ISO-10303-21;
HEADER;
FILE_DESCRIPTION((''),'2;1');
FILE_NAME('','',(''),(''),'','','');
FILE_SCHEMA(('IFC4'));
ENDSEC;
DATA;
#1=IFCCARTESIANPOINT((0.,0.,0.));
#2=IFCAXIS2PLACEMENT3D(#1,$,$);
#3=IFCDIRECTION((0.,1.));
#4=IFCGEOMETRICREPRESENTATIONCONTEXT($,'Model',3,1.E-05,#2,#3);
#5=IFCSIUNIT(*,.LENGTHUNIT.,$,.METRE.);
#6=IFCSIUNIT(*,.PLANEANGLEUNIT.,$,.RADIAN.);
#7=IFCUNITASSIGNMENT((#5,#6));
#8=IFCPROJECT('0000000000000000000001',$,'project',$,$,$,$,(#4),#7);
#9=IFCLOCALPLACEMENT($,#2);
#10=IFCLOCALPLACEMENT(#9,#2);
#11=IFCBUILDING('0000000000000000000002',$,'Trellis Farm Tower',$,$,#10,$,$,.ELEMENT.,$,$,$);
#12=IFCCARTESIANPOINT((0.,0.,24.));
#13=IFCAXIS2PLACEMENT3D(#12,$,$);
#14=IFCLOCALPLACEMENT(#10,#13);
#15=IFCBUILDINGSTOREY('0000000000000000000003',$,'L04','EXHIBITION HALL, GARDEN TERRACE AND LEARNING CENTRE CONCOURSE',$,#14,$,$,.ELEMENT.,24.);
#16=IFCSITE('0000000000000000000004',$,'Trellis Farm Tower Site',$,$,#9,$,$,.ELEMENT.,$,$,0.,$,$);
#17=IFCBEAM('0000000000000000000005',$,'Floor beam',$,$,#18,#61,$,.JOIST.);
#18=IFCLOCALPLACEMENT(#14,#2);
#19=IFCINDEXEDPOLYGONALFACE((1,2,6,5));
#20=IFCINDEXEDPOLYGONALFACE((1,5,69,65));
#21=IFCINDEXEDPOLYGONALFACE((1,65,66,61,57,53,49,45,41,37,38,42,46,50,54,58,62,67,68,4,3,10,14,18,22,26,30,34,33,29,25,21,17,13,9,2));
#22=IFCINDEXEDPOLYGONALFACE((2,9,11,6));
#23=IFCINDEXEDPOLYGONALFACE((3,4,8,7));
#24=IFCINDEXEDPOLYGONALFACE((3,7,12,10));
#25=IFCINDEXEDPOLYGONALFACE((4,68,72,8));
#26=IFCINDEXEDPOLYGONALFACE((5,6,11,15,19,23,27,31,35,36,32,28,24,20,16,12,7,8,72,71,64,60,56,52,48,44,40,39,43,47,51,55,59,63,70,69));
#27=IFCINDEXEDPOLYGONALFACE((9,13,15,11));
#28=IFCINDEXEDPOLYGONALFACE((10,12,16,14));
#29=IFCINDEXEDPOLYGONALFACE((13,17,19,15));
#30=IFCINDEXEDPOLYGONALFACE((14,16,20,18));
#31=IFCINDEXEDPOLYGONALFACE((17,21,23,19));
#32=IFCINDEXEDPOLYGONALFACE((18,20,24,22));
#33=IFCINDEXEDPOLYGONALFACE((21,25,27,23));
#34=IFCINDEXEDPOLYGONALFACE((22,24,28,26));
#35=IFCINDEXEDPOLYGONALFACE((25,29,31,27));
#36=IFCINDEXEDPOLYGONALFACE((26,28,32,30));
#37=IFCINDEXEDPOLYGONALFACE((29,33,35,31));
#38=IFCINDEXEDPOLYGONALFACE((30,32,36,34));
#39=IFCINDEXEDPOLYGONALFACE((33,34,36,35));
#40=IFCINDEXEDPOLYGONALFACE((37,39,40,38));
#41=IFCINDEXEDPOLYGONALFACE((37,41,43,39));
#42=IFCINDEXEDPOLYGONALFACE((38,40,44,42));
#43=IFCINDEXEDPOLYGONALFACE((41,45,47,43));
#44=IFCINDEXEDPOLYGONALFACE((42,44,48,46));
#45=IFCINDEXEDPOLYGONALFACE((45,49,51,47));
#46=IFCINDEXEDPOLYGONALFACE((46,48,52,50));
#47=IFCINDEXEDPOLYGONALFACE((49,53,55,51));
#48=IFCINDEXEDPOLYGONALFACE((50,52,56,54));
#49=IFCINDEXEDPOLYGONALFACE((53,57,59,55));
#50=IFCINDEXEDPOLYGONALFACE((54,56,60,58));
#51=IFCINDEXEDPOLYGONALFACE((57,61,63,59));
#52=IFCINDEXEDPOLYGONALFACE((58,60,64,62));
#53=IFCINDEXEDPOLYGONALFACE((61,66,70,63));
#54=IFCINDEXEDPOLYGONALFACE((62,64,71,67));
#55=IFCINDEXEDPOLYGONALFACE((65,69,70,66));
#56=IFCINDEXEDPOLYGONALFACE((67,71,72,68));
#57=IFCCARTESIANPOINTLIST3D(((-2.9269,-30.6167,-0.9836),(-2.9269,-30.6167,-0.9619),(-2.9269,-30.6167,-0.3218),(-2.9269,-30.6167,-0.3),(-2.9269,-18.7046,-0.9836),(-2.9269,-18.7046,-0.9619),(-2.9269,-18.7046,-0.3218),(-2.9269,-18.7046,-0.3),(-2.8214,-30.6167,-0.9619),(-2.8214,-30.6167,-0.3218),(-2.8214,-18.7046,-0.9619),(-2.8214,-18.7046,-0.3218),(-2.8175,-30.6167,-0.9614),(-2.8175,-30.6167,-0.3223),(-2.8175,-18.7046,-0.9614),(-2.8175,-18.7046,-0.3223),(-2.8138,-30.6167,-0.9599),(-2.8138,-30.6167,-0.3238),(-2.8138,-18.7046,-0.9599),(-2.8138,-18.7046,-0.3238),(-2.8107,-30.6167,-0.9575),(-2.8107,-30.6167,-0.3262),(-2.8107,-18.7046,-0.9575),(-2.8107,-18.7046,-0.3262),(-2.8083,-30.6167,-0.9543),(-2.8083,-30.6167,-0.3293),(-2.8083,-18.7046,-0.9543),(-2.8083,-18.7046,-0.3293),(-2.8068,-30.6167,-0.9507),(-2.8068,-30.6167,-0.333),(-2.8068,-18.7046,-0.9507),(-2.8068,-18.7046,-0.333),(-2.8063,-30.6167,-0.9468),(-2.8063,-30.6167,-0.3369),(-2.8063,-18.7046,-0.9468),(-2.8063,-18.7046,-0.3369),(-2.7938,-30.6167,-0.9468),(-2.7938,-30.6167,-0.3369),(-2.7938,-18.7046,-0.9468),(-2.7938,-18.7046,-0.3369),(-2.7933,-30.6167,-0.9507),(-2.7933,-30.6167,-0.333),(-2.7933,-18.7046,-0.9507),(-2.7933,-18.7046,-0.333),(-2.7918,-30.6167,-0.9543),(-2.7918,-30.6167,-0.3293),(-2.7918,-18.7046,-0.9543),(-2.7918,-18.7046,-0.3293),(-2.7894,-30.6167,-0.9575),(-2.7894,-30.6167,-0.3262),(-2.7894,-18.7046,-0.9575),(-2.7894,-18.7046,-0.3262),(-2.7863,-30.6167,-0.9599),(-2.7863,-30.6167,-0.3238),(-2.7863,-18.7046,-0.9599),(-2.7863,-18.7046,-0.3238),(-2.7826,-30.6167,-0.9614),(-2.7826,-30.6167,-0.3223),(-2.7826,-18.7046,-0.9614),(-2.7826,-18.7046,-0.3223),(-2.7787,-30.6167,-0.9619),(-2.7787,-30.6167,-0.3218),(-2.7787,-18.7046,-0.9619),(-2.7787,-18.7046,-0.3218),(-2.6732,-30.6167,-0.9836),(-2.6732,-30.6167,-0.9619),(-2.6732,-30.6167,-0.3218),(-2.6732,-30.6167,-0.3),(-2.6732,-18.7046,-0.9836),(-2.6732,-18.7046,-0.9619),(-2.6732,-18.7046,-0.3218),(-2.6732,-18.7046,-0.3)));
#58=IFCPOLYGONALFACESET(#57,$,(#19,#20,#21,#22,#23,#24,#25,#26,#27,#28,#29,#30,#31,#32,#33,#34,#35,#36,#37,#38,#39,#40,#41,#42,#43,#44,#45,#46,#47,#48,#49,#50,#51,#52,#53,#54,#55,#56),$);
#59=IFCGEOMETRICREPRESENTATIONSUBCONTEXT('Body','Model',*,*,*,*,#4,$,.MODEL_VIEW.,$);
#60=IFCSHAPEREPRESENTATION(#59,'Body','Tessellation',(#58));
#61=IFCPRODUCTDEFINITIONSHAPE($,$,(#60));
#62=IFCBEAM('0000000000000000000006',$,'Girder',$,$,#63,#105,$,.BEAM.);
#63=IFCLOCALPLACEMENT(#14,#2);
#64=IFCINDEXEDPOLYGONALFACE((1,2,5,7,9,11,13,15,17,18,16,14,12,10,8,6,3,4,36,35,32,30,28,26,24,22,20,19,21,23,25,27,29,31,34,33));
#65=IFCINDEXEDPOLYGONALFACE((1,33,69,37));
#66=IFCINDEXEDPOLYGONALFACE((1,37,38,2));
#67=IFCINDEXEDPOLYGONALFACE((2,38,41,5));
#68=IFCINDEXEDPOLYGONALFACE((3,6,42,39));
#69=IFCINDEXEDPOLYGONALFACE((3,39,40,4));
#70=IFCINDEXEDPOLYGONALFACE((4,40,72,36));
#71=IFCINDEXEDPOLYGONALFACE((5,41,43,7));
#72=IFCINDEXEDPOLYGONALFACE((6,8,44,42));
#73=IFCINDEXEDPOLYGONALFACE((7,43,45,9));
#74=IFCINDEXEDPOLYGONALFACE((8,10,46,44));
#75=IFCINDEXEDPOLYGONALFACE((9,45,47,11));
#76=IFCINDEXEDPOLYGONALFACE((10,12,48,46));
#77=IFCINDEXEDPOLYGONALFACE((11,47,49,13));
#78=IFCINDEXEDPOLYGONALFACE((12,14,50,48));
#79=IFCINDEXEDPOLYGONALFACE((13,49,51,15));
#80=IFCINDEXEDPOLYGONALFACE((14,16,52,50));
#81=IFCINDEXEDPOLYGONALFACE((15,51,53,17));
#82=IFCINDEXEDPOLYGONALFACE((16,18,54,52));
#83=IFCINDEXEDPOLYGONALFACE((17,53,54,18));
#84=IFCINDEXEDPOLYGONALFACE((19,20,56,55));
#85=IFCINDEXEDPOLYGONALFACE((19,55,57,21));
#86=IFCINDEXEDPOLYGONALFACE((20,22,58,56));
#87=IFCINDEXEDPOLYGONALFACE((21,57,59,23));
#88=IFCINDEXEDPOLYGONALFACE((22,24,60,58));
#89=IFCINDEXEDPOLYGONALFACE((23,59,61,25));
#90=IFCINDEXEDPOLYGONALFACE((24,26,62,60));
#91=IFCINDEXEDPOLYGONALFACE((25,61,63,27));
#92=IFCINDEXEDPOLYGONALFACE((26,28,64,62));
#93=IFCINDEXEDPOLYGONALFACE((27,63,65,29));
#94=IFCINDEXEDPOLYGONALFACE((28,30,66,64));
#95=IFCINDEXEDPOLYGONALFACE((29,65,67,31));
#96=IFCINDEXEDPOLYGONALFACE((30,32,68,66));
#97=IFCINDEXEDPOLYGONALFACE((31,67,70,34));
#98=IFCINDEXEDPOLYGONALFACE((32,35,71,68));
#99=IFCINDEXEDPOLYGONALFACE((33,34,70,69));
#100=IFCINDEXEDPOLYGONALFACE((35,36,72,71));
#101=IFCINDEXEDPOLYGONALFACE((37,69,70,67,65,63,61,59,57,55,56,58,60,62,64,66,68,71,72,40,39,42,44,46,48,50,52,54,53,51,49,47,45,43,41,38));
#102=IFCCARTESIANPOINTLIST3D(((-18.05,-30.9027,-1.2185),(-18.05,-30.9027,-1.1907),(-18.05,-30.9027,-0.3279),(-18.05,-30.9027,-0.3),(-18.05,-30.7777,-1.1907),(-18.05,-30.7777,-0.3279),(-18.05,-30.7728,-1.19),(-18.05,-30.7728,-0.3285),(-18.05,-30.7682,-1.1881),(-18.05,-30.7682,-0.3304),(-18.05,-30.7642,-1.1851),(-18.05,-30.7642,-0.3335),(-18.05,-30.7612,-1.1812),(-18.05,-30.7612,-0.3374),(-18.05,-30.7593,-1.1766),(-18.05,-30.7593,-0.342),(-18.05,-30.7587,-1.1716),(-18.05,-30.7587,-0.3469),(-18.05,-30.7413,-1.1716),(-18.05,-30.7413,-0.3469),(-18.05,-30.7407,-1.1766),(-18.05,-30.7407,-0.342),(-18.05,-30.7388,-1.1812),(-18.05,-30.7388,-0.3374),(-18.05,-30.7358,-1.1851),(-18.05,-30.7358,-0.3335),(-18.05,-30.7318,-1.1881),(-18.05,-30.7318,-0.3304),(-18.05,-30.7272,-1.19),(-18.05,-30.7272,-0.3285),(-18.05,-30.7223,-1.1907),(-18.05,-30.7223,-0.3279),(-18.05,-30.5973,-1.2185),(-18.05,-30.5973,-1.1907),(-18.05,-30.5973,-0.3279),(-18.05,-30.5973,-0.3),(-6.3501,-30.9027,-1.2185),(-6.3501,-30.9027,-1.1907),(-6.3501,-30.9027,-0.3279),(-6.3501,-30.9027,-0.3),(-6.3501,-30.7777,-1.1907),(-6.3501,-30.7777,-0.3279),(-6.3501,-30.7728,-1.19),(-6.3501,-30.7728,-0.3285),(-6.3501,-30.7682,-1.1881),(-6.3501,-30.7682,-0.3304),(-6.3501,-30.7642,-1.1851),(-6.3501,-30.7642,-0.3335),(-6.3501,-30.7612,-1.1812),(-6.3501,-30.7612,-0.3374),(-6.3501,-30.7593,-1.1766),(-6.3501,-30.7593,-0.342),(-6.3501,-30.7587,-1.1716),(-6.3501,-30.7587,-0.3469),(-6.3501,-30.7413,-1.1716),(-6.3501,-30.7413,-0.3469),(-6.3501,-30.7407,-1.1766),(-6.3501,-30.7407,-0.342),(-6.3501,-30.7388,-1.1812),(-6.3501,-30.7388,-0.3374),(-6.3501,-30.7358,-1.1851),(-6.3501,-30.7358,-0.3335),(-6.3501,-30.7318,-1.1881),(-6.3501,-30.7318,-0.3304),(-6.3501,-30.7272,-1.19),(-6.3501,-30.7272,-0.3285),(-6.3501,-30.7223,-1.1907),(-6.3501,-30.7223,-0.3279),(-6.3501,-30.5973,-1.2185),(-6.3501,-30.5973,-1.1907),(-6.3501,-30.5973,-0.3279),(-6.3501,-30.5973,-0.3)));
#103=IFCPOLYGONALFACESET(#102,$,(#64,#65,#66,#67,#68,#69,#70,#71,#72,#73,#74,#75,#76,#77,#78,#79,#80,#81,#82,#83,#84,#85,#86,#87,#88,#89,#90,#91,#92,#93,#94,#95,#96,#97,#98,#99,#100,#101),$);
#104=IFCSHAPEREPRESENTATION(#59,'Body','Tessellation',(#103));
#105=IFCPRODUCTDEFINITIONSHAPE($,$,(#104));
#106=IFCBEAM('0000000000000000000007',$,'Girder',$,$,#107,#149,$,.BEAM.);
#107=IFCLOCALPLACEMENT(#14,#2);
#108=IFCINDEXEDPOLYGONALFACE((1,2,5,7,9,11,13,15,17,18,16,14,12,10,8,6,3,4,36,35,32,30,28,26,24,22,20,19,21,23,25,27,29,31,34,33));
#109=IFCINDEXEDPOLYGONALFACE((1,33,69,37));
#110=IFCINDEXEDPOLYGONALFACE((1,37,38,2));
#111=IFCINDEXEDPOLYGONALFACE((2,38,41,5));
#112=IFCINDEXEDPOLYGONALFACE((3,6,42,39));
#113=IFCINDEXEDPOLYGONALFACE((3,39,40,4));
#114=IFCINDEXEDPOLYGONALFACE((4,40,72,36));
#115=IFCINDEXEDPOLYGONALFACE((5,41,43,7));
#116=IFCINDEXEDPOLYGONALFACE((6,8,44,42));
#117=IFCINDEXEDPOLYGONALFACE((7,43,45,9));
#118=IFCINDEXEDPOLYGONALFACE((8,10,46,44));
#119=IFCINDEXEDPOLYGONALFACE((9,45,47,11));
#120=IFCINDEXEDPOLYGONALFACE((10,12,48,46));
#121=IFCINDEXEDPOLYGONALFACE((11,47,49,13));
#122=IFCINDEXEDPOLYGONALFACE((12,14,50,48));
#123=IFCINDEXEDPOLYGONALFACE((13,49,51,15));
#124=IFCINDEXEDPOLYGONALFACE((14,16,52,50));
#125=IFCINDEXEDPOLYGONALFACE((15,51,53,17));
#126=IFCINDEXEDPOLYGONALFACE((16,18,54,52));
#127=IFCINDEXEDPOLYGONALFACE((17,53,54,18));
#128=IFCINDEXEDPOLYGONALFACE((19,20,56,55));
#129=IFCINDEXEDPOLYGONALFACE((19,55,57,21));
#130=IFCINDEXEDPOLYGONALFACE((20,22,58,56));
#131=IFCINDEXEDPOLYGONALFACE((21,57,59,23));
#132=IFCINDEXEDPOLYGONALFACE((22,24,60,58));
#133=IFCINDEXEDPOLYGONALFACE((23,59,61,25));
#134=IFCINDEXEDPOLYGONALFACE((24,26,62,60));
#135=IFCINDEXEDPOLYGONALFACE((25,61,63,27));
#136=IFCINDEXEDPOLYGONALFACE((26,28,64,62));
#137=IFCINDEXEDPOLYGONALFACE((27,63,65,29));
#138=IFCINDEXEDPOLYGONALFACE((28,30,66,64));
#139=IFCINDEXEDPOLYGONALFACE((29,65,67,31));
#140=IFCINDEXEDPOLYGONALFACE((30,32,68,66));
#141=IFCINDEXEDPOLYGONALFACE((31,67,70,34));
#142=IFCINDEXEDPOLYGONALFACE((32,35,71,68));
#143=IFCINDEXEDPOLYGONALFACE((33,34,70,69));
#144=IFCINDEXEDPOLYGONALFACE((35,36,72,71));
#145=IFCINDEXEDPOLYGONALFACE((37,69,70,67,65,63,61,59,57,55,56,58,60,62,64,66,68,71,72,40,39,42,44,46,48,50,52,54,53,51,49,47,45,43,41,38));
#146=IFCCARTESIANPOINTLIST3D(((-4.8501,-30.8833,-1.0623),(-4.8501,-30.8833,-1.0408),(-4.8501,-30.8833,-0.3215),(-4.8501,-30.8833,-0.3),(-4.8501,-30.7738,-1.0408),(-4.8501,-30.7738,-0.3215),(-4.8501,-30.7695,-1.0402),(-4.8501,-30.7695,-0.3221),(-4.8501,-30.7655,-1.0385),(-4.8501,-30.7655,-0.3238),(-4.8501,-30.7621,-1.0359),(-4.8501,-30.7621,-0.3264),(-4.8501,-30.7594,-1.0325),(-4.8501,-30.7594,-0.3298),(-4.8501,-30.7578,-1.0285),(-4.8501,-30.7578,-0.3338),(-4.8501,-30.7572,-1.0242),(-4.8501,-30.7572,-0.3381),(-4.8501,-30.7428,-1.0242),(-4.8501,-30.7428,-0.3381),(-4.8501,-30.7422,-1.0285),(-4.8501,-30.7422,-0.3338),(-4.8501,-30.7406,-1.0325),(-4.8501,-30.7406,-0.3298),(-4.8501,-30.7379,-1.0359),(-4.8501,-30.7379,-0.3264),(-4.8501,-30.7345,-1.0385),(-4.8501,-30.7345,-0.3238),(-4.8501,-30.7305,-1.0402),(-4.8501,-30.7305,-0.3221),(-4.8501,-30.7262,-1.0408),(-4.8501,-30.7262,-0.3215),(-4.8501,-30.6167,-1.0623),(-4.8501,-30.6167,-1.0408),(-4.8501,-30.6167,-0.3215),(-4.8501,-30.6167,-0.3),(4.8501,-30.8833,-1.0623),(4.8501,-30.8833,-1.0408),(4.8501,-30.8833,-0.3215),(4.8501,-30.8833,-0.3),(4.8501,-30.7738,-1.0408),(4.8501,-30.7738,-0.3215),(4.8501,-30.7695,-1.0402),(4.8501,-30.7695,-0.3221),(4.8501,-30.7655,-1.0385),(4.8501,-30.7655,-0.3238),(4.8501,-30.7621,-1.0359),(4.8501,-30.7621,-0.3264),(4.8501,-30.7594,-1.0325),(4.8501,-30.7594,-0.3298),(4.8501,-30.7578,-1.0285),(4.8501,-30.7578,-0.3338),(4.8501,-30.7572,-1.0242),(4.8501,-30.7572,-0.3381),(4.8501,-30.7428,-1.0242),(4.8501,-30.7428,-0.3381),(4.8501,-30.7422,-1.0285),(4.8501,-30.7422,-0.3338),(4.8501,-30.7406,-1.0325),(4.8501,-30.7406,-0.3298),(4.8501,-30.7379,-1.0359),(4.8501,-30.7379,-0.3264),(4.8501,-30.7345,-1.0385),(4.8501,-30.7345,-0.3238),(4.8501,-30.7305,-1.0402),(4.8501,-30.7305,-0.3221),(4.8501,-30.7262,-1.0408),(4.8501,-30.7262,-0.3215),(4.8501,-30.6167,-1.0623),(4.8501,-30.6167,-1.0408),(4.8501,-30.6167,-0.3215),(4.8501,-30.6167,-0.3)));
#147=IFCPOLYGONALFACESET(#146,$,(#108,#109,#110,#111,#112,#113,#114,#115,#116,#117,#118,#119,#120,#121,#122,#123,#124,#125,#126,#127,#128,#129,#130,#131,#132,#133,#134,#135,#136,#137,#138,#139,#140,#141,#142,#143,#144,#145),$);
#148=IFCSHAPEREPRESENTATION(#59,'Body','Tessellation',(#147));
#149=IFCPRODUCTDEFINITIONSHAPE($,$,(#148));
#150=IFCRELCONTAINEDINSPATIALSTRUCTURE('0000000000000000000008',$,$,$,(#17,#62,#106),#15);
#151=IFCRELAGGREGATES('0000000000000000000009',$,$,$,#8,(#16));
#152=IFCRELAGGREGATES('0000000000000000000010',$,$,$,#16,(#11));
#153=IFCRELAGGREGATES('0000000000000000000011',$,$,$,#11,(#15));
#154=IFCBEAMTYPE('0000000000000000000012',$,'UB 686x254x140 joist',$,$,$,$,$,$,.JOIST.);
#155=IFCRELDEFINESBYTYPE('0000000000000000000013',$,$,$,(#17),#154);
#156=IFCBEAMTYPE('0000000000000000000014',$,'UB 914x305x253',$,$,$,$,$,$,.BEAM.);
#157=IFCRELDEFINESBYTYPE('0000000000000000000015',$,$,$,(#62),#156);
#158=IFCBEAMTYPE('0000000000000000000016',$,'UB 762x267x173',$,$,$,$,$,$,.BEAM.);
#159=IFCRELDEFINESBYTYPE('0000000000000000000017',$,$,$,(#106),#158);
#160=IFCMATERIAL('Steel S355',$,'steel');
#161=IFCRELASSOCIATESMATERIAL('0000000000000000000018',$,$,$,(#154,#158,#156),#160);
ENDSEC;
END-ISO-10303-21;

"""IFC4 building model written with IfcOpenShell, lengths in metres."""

from ifc_helpers import new_model, si_unit, direction, frame, origin, origin_2d, place, context, subcontext, project, spatial, i_section, extrude, source, transform, mapped, material, material_profile, profile_set, type_object, element, save


model = new_model("IFC4")

# Units and contexts
model_context = context("Model", 3, precision=1e-05, world=origin(), true_north=direction((0.0, 1.0)))
body_context = subcontext(model_context, "Body", "Model", "MODEL_VIEW")
ifc_project = project(units=[si_unit("LENGTHUNIT", "METRE"), si_unit("PLANEANGLEUNIT", "RADIAN")], contexts=[model_context])

# Site, building, storey
site_placement = place(None, origin())
site = spatial("IfcSite", under=ifc_project, at=site_placement, Name="Trellis Farm Tower Site", CompositionType="ELEMENT", RefElevation=0.0)
building_placement = place(site_placement, origin())
building = spatial("IfcBuilding", under=site, at=building_placement, Name="Trellis Farm Tower", CompositionType="ELEMENT")
storey_placement = place(building_placement, frame((0.0, 0.0, 24.0)))
storey = spatial("IfcBuildingStorey", under=building, at=storey_placement, Name="L04", Description="EXHIBITION HALL, GARDEN TERRACE AND LEARNING CENTRE CONCOURSE", CompositionType="ELEMENT", Elevation=24.0)

# Beams
ifc_material_1 = material(Name="Steel S355", Category="steel")
ifc_material_profile_1 = material_profile(ifc_material_1, i_section(OverallWidth=0.2537, OverallDepth=0.6836, WebThickness=0.0125, FlangeThickness=0.0217, FilletRadius=0.0151, at=origin_2d()), Name="UB 686x254x140")
ifc_profile_set_1 = profile_set([ifc_material_profile_1], Name="Steel S355")
beam_type_1 = type_object("IfcBeamType", Name="UB 686x254x140 joist", PredefinedType="JOIST", material=ifc_profile_set_1)
ifc_material_profile_2 = material_profile(ifc_material_1, i_section(OverallWidth=0.2666, OverallDepth=0.7622, WebThickness=0.0144, FlangeThickness=0.0215, FilletRadius=0.0166, at=origin_2d()), Name="UB 762x267x173")
ifc_profile_set_2 = profile_set([ifc_material_profile_2], Name="Steel S355")
beam_type_2 = type_object("IfcBeamType", Name="UB 762x267x173", PredefinedType="BEAM", material=ifc_profile_set_2)
shared_shape_1 = source(origin(), body_context, "Body", "SweptSolid", [
    extrude(i_section(OverallWidth=0.2537, OverallDepth=0.6836, WebThickness=0.0125, FlangeThickness=0.0217, FilletRadius=0.0151, at=origin_2d()), origin(), (0.0, 0.0, 1.0), 11.9121),
])
beam_1_placement = place(storey_placement, frame((-2.8, -30.6167, -0.6418), z_axis=(0.0, 1.0, 0.0), x_axis=(-1.0, 0.0, 0.0)))
element("IfcBeam", 1, at=beam_1_placement, inside=storey, type_object=beam_type_1, Name="Floor beam", PredefinedType="JOIST", context=body_context, shape_type="MappedRepresentation", body=[
    mapped(shared_shape_1, transform((0.0, 0.0, 0.0))),
])
ifc_material_profile_3 = material_profile(ifc_material_1, i_section(OverallWidth=0.3054, OverallDepth=0.9185, WebThickness=0.0173, FlangeThickness=0.0278, FilletRadius=0.019, at=origin_2d()), Name="UB 914x305x253")
ifc_profile_set_3 = profile_set([ifc_material_profile_3], Name="Steel S355")
beam_type_3 = type_object("IfcBeamType", Name="UB 914x305x253", PredefinedType="BEAM", material=ifc_profile_set_3)
shared_shape_2 = source(origin(), body_context, "Body", "SweptSolid", [
    extrude(i_section(OverallWidth=0.3054, OverallDepth=0.9185, WebThickness=0.0173, FlangeThickness=0.0278, FilletRadius=0.019, at=origin_2d()), origin(), (0.0, 0.0, 1.0), 11.7),
])
beam_2_placement = place(storey_placement, frame((-18.05, -30.75, -0.7593), z_axis=(1.0, 0.0, 0.0), x_axis=(0.0, 1.0, 0.0)))
element("IfcBeam", 2, at=beam_2_placement, inside=storey, type_object=beam_type_3, Name="Girder", PredefinedType="BEAM", context=body_context, shape_type="MappedRepresentation", body=[
    mapped(shared_shape_2, transform((0.0, 0.0, 0.0))),
])
shared_shape_3 = source(origin(), body_context, "Body", "SweptSolid", [
    extrude(i_section(OverallWidth=0.2666, OverallDepth=0.7622, WebThickness=0.0144, FlangeThickness=0.0215, FilletRadius=0.0166, at=origin_2d()), origin(), (0.0, 0.0, 1.0), 9.7002),
])
beam_3_placement = place(storey_placement, frame((-4.8501, -30.75, -0.6812), z_axis=(1.0, 0.0, 0.0), x_axis=(0.0, 1.0, 0.0)))
element("IfcBeam", 3, at=beam_3_placement, inside=storey, type_object=beam_type_2, Name="Girder", PredefinedType="BEAM", context=body_context, shape_type="MappedRepresentation", body=[
    mapped(shared_shape_3, transform((0.0, 0.0, 0.0))),
])

save(model, "model.ifc")
